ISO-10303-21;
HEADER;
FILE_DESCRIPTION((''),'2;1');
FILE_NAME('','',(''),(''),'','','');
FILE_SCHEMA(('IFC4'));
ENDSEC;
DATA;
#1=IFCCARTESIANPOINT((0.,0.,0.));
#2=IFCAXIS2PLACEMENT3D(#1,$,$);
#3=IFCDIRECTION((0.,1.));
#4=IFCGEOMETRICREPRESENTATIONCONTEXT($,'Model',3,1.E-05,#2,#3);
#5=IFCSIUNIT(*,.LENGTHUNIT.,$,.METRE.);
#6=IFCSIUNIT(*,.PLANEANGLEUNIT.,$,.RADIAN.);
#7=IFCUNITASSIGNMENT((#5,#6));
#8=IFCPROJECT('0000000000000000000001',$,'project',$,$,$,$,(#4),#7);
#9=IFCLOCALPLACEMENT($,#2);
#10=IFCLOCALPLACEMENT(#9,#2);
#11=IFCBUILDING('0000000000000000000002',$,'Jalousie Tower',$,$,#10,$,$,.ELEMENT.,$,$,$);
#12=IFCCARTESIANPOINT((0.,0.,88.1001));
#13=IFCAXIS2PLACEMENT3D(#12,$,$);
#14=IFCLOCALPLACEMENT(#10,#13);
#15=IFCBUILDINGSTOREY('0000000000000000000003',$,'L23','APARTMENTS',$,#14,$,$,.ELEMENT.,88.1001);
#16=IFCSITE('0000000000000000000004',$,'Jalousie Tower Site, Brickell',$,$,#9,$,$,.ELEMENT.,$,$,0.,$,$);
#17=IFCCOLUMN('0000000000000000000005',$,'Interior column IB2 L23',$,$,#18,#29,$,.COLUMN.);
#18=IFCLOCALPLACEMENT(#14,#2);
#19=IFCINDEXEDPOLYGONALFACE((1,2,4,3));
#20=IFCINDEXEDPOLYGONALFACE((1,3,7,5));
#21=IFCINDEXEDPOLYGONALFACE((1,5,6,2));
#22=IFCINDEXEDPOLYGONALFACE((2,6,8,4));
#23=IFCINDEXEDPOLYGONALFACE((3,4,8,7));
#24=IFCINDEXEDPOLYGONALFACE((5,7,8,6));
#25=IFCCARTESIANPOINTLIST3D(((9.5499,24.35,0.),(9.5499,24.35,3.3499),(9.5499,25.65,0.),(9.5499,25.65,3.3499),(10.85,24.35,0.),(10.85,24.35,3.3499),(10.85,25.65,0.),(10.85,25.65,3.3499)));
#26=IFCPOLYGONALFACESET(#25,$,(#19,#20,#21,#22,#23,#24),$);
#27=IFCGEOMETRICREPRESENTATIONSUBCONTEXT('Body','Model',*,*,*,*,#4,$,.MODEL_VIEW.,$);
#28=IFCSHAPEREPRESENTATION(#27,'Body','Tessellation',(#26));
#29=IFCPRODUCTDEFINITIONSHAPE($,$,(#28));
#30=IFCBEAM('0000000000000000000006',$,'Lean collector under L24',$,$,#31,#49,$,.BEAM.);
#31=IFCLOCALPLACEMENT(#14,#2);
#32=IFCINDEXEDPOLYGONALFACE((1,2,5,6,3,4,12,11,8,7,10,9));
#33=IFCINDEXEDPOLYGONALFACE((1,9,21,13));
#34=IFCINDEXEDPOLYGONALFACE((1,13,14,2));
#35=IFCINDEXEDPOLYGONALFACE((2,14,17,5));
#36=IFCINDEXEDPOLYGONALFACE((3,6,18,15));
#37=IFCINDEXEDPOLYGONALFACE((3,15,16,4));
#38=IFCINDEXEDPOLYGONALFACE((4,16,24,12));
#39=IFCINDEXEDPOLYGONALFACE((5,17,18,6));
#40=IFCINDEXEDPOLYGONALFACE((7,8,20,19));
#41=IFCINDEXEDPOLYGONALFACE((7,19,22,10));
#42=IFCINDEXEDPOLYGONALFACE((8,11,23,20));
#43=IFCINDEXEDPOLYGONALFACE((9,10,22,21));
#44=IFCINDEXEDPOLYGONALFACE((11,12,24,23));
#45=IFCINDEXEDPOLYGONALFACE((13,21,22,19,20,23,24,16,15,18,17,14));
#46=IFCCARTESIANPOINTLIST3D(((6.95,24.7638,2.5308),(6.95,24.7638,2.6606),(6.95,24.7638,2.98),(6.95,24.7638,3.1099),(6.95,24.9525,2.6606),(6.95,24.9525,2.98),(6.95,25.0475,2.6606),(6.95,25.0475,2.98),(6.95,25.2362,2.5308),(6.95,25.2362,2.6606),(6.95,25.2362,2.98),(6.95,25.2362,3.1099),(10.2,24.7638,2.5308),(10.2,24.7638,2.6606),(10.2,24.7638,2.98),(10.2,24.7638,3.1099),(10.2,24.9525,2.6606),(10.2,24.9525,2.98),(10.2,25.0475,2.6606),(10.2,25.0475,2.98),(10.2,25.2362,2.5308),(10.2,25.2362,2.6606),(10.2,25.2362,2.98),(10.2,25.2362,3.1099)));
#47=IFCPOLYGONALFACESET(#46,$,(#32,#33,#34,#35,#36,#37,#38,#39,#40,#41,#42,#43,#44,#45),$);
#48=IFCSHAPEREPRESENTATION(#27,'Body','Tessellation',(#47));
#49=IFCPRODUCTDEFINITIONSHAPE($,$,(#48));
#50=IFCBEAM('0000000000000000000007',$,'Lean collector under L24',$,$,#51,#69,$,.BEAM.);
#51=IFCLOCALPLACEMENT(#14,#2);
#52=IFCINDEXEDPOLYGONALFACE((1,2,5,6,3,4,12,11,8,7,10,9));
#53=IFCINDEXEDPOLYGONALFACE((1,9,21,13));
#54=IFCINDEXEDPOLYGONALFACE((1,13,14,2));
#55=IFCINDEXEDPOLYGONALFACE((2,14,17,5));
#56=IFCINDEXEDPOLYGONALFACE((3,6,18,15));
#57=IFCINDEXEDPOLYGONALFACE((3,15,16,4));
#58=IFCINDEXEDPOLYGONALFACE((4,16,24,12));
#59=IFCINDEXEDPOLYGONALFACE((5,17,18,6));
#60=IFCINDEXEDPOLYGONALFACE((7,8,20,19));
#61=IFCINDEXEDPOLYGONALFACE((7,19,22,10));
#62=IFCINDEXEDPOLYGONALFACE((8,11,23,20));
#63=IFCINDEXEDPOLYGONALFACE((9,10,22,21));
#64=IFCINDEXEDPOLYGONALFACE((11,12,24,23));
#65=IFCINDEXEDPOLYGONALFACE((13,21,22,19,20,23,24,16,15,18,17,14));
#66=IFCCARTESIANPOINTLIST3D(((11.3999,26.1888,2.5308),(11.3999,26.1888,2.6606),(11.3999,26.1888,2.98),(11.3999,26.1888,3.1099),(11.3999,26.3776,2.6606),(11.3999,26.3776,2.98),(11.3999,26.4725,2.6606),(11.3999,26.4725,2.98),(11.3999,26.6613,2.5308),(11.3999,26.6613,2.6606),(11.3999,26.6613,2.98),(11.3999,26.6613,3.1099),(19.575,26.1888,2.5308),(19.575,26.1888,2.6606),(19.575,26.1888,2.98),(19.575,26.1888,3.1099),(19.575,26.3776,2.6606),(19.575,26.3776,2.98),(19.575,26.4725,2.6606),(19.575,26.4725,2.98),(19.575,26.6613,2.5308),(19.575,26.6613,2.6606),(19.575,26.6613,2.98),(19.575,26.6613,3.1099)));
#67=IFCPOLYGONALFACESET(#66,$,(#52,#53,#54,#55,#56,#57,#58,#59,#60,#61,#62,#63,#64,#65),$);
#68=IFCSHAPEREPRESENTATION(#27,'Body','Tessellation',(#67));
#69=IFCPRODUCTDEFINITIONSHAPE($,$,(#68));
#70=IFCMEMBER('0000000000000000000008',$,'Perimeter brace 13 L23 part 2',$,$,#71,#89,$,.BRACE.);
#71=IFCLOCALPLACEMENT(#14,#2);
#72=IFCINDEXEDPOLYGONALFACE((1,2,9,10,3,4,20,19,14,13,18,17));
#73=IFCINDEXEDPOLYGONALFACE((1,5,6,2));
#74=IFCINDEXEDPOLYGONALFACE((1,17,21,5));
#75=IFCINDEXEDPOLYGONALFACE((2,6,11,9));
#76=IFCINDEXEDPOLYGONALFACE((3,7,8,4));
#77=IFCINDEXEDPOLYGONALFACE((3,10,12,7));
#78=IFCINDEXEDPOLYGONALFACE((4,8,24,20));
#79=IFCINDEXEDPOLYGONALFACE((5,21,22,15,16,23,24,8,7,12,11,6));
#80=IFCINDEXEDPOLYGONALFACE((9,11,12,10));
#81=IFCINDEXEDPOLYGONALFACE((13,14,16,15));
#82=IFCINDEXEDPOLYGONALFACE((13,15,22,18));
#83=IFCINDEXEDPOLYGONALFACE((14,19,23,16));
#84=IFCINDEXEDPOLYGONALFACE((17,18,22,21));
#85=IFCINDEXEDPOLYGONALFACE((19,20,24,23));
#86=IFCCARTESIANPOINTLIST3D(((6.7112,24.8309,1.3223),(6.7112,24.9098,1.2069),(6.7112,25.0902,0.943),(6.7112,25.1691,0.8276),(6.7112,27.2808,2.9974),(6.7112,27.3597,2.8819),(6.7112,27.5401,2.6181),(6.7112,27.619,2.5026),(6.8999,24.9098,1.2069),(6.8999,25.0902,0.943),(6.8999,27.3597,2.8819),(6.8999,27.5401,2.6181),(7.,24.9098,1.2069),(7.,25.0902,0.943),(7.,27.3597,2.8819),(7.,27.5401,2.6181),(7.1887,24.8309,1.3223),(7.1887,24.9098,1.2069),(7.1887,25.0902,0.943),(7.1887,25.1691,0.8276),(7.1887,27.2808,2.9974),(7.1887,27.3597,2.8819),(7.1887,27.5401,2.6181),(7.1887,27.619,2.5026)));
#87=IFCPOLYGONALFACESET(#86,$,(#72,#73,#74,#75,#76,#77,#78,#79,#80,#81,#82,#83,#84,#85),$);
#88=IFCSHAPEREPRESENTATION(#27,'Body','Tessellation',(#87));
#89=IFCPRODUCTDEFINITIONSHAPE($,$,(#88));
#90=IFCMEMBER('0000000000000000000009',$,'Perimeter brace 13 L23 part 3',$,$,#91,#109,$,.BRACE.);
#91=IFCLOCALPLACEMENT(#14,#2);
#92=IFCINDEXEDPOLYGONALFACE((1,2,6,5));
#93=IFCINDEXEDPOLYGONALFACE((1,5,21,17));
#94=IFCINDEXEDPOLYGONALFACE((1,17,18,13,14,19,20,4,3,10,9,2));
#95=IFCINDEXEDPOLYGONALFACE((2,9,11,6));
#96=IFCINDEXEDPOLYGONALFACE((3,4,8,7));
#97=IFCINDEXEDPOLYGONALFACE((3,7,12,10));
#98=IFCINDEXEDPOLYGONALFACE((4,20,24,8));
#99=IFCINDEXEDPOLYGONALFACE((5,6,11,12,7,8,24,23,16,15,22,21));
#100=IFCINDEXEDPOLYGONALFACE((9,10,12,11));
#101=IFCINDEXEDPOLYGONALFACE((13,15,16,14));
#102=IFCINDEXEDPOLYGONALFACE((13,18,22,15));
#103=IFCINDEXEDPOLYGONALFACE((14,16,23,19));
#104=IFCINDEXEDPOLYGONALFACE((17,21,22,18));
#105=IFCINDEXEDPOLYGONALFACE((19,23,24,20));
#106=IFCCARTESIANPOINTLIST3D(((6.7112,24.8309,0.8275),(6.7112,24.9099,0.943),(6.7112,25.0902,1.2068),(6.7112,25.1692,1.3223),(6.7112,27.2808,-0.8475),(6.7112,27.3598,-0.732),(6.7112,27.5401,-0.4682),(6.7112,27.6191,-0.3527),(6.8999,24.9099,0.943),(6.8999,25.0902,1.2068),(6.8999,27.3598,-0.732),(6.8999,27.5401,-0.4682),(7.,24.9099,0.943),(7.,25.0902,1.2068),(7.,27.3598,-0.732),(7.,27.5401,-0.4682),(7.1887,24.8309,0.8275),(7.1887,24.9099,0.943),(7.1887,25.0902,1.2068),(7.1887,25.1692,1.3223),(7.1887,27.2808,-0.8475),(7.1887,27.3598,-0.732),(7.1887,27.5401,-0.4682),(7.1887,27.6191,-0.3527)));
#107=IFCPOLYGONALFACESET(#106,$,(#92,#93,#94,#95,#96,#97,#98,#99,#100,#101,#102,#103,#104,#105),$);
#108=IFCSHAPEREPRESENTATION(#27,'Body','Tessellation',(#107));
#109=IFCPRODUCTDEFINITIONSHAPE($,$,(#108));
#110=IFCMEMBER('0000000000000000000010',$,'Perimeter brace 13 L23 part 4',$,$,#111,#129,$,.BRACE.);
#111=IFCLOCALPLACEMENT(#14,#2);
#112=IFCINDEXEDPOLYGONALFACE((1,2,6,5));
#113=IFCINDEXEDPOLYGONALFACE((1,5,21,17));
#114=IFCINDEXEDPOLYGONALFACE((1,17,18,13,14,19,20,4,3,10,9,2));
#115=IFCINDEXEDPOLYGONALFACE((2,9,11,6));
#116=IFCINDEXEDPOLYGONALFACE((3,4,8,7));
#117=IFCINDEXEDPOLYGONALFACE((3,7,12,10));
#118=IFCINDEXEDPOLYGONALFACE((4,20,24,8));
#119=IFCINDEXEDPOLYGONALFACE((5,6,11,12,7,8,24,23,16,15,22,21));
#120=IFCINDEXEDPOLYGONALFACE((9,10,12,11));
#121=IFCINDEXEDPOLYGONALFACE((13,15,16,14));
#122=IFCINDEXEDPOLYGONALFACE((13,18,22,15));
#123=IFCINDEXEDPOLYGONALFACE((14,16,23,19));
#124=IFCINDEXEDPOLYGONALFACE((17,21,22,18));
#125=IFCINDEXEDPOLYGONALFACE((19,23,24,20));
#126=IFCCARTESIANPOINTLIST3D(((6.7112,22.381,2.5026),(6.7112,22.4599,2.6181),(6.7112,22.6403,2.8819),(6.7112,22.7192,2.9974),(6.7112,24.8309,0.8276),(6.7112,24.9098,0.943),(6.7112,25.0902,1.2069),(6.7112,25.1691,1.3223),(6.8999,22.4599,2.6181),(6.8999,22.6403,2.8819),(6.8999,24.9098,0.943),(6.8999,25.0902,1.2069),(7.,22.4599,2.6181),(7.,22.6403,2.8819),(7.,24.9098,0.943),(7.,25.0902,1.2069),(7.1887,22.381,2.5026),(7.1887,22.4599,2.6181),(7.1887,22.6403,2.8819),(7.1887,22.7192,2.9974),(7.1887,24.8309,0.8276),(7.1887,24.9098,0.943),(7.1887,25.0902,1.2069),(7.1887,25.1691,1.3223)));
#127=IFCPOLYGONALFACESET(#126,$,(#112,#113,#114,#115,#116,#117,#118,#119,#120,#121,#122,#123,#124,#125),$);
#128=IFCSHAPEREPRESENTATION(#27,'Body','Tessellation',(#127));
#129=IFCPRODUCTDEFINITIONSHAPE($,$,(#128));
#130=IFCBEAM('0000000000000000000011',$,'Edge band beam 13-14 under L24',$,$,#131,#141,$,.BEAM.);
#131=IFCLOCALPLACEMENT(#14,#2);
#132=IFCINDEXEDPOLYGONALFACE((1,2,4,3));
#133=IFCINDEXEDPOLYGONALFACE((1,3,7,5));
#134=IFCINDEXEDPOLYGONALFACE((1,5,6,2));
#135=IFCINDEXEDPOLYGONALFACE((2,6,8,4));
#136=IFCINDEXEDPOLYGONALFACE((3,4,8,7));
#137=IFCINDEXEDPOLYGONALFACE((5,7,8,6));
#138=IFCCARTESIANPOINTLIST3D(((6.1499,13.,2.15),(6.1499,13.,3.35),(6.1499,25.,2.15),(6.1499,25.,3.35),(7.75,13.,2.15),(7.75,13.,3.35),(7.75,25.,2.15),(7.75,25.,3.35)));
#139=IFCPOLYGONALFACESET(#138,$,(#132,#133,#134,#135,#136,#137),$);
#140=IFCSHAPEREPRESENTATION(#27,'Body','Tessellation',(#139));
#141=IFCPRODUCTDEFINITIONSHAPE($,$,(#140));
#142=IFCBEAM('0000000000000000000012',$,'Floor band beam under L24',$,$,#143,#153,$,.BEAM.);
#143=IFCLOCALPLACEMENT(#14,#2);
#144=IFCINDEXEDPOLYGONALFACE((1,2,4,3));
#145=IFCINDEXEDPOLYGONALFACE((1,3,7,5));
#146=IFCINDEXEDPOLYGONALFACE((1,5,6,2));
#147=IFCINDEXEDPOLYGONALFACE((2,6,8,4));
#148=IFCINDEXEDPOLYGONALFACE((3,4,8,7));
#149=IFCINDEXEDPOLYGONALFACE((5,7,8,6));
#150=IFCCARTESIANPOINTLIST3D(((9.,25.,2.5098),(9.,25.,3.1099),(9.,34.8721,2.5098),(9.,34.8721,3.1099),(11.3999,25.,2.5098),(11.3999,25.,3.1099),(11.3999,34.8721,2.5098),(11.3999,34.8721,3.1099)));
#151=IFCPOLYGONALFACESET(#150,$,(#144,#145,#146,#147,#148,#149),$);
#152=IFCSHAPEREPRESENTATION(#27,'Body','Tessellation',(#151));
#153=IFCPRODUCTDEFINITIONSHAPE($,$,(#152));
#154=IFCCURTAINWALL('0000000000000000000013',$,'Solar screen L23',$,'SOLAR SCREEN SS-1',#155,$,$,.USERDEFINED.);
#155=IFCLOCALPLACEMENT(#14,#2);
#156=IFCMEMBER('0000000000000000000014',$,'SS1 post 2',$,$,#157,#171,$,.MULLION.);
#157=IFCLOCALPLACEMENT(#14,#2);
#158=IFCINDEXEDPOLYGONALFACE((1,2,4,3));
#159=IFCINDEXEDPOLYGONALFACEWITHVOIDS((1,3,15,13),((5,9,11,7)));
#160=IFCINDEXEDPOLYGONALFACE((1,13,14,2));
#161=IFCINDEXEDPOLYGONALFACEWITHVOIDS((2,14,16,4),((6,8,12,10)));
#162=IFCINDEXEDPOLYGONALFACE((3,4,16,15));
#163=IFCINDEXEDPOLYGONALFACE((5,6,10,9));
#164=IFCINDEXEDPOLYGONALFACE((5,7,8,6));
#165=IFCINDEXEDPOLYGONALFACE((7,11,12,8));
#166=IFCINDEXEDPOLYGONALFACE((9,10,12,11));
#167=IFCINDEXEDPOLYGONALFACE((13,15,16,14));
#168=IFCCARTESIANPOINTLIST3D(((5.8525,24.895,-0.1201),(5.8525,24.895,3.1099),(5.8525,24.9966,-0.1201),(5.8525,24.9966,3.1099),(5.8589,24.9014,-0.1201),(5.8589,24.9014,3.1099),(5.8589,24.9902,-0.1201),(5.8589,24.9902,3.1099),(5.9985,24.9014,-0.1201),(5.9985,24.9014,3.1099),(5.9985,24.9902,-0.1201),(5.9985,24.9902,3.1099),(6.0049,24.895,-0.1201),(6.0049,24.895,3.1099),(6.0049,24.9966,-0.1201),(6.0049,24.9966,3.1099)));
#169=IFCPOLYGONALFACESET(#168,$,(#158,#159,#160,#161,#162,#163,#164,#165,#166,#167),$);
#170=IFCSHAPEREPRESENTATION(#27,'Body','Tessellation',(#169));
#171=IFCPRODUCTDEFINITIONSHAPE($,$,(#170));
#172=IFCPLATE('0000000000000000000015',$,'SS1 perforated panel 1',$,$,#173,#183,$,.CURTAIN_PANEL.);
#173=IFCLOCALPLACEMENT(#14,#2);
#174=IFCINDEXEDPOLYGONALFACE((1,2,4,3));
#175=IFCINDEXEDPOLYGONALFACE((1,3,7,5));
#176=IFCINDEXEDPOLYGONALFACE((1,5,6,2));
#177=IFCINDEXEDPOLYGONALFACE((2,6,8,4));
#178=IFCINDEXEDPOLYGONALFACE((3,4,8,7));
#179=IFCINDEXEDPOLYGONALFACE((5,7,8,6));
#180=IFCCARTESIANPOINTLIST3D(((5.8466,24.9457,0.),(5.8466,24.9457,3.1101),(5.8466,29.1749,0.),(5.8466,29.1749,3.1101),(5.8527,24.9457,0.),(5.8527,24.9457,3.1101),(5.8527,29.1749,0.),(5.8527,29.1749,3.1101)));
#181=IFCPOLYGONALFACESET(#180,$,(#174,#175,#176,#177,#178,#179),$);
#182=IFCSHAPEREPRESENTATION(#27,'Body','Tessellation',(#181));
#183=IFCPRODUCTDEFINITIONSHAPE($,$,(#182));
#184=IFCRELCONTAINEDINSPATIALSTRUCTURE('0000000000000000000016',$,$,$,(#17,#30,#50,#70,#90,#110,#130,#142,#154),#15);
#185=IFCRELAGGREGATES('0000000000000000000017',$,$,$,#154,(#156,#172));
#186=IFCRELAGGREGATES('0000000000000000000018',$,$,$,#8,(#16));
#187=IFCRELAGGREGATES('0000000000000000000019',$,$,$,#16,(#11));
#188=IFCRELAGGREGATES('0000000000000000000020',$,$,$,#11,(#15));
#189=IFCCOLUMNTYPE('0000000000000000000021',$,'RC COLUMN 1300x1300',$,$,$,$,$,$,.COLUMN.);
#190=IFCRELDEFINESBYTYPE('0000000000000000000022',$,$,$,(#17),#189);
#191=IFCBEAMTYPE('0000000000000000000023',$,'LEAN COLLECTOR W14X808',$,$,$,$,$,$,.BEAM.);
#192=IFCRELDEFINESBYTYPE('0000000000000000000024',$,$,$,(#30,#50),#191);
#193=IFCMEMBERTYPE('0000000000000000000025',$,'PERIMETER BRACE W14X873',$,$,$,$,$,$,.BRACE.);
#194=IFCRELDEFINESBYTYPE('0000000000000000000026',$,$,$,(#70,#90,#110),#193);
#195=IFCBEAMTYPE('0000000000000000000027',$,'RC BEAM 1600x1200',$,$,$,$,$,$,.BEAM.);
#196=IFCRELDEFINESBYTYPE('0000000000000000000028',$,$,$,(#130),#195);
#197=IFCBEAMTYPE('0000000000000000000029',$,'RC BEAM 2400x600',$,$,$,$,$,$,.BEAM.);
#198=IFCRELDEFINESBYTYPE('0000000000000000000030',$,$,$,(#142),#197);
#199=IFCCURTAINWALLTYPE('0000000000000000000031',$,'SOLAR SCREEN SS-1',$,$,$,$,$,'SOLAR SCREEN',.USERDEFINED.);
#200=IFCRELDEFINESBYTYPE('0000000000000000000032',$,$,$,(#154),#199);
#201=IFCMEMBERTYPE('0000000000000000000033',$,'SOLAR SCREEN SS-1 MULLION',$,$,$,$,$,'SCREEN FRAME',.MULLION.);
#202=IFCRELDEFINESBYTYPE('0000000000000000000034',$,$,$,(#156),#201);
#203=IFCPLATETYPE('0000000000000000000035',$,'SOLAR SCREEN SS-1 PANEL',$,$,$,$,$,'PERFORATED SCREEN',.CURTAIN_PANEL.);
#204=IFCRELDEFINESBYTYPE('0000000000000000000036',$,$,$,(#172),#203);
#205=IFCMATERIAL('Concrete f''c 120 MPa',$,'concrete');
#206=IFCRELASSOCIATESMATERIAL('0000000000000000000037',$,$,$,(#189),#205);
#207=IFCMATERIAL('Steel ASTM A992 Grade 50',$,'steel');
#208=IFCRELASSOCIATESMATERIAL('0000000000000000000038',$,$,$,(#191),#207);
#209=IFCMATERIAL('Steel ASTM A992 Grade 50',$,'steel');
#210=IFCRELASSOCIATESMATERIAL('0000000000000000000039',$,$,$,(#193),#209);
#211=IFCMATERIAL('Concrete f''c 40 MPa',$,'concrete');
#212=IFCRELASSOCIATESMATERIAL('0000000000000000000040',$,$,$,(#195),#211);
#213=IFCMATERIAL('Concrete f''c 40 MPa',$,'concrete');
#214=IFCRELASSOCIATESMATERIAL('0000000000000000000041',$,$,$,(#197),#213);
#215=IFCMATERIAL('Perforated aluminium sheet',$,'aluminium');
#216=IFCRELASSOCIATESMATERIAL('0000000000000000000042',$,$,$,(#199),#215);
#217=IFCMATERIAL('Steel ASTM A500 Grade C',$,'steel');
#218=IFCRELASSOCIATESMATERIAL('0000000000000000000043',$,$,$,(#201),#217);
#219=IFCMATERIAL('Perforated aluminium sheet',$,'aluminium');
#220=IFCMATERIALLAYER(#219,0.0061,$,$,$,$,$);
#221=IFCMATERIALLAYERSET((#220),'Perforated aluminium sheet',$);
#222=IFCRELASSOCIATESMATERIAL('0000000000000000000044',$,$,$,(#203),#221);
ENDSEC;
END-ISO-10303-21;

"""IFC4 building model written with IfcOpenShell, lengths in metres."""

from ifc_helpers import new_model, si_unit, direction, frame, origin, origin_2d, place, context, subcontext, project, spatial, rectangle, hollow_rectangle, i_section, extrude, material, layer, layer_set, material_profile, profile_set, type_object, element, aggregate, save


model = new_model("IFC4")

# Units and contexts
model_context = context("Model", 3, precision=1e-05, world=origin(), true_north=direction((0.0, 1.0)))
body_context = subcontext(model_context, "Body", "Model", "MODEL_VIEW")
ifc_project = project(units=[si_unit("LENGTHUNIT", "METRE"), si_unit("PLANEANGLEUNIT", "RADIAN")], contexts=[model_context])

# Site, building, storey
site_placement = place(None, origin())
site = spatial("IfcSite", under=ifc_project, at=site_placement, Name="Jalousie Tower Site, Brickell", CompositionType="ELEMENT", RefElevation=0.0)
building_placement = place(site_placement, origin())
building = spatial("IfcBuilding", under=site, at=building_placement, Name="Jalousie Tower", CompositionType="ELEMENT")
storey_placement = place(building_placement, frame((0.0, 0.0, 88.1001)))
storey = spatial("IfcBuildingStorey", under=building, at=storey_placement, Name="L23", Description="APARTMENTS", CompositionType="ELEMENT", Elevation=88.1001)

# Column
ifc_material_1 = material(Name="Concrete f'c 120 MPa", Category="concrete")
ifc_material_profile_1 = material_profile(ifc_material_1, rectangle(XDim=1.3, YDim=1.3, at=origin_2d()), Name="RC 1300x1300")
ifc_profile_set_1 = profile_set([ifc_material_profile_1], Name="Concrete f'c 120 MPa")
column_type = type_object("IfcColumnType", Name="RC COLUMN 1300x1300", PredefinedType="COLUMN", material=ifc_profile_set_1)
column_placement = place(storey_placement, frame((10.2, 25.0, 0.0), z_axis=(0.0, 0.0, 1.0), x_axis=(1.0, 0.0, 0.0)))
element("IfcColumn", 1, at=column_placement, inside=storey, type_object=column_type, Name="Interior column IB2 L23", PredefinedType="COLUMN", context=body_context, shape_type="SweptSolid", body=[
    extrude(rectangle(XDim=1.3, YDim=1.3, at=origin_2d()), origin(), (0.0, 0.0, 1.0), 3.3499),
])

# Beams
ifc_material_2 = material(Name="Steel ASTM A992 Grade 50", Category="steel")
ifc_material_profile_2 = material_profile(ifc_material_2, i_section(OverallWidth=0.4724, OverallDepth=0.5791, WebThickness=0.095, FlangeThickness=0.1299, at=origin_2d()), Name="W14X808")
ifc_profile_set_2 = profile_set([ifc_material_profile_2], Name="Steel ASTM A992 Grade 50")
beam_type_1 = type_object("IfcBeamType", Name="LEAN COLLECTOR W14X808", PredefinedType="BEAM", material=ifc_profile_set_2)
beam_1_placement = place(storey_placement, frame((6.95, 25.0, 2.8203), z_axis=(1.0, 0.0, 0.0), x_axis=(0.0, 1.0, 0.0)))
element("IfcBeam", 2, at=beam_1_placement, inside=storey, type_object=beam_type_1, Name="Lean collector under L24", PredefinedType="BEAM", context=body_context, shape_type="SweptSolid", body=[
    extrude(i_section(OverallWidth=0.4724, OverallDepth=0.5791, WebThickness=0.095, FlangeThickness=0.1299, at=origin_2d()), origin(), (0.0, 0.0, 1.0), 3.25),
])
beam_2_placement = place(storey_placement, frame((11.3999, 26.425, 2.8203), z_axis=(1.0, 0.0, 0.0), x_axis=(0.0, 1.0, 0.0)))
element("IfcBeam", 3, at=beam_2_placement, inside=storey, type_object=beam_type_1, Name="Lean collector under L24", PredefinedType="BEAM", context=body_context, shape_type="SweptSolid", body=[
    extrude(i_section(OverallWidth=0.4724, OverallDepth=0.5791, WebThickness=0.095, FlangeThickness=0.1299, at=origin_2d()), origin(), (0.0, 0.0, 1.0), 8.175),
])

# Members
ifc_material_3 = material(Name="Steel ASTM A992 Grade 50", Category="steel")
ifc_material_profile_3 = material_profile(ifc_material_3, i_section(OverallWidth=0.4775, OverallDepth=0.5994, WebThickness=0.1001, FlangeThickness=0.1399, at=origin_2d()), Name="W14X873")
ifc_profile_set_3 = profile_set([ifc_material_profile_3], Name="Steel ASTM A992 Grade 50")
member_type_1 = type_object("IfcMemberType", Name="PERIMETER BRACE W14X873", PredefinedType="BRACE", material=ifc_profile_set_3)
for number, where, z_axis, x_axis, name in (
    (4, (6.95, 25.0, 1.075), (0.0, 0.825501, 0.564401), (-1.0, 0.0, 0.0), "Perimeter brace 13 L23 part 2"),
    (5, (6.95, 27.45, -0.6001), (0.0, -0.825501, 0.564401), (1.0, 0.0, 0.0), "Perimeter brace 13 L23 part 3"),
    (6, (6.95, 25.0, 1.075), (0.0, -0.825501, 0.564401), (1.0, 0.0, 0.0), "Perimeter brace 13 L23 part 4"),
):
    element("IfcMember", number, at=place(storey_placement, frame(where, z_axis=z_axis, x_axis=x_axis)), inside=storey, type_object=member_type_1, Name=name, PredefinedType="BRACE", context=body_context, shape_type="SweptSolid", body=[
        extrude(i_section(OverallWidth=0.4775, OverallDepth=0.5994, WebThickness=0.1001, FlangeThickness=0.1399, at=origin_2d()), origin(), (0.0, 0.0, 1.0), 2.9678),
    ])

# Beams
ifc_material_4 = material(Name="Concrete f'c 40 MPa", Category="concrete")
ifc_material_profile_4 = material_profile(ifc_material_4, rectangle(XDim=1.6001, YDim=1.2, at=origin_2d()), Name="RC 1600x1200")
ifc_profile_set_4 = profile_set([ifc_material_profile_4], Name="Concrete f'c 40 MPa")
beam_type_2 = type_object("IfcBeamType", Name="RC BEAM 1600x1200", PredefinedType="BEAM", material=ifc_profile_set_4)
beam_3_placement = place(storey_placement, frame((6.95, 25.0, 2.75), z_axis=(0.0, -1.0, 0.0), x_axis=(1.0, 0.0, 0.0)))
element("IfcBeam", 7, at=beam_3_placement, inside=storey, type_object=beam_type_2, Name="Edge band beam 13-14 under L24", PredefinedType="BEAM", context=body_context, shape_type="SweptSolid", body=[
    extrude(rectangle(XDim=1.6001, YDim=1.2, at=origin_2d()), origin(), (0.0, 0.0, 1.0), 12.0),
])
ifc_material_5 = material(Name="Concrete f'c 40 MPa", Category="concrete")
ifc_material_profile_5 = material_profile(ifc_material_5, rectangle(XDim=2.3999, YDim=0.6001, at=origin_2d()), Name="RC 2400x600")
ifc_profile_set_5 = profile_set([ifc_material_profile_5], Name="Concrete f'c 40 MPa")
beam_type_3 = type_object("IfcBeamType", Name="RC BEAM 2400x600", PredefinedType="BEAM", material=ifc_profile_set_5)
beam_4_placement = place(storey_placement, frame((10.2, 25.0, 2.8098), z_axis=(0.0, 1.0, 0.0), x_axis=(-1.0, 0.0, 0.0)))
element("IfcBeam", 8, at=beam_4_placement, inside=storey, type_object=beam_type_3, Name="Floor band beam under L24", PredefinedType="BEAM", context=body_context, shape_type="SweptSolid", body=[
    extrude(rectangle(XDim=2.3999, YDim=0.6001, at=origin_2d()), origin(), (0.0, 0.0, 1.0), 9.8721),
])

# Curtain wall, member, plate
ifc_material_6 = material(Name="Perforated aluminium sheet", Category="aluminium")
curtain_wall_type = type_object("IfcCurtainWallType", Name="SOLAR SCREEN SS-1", ElementType="SOLAR SCREEN", PredefinedType="USERDEFINED", material=ifc_material_6)
curtain_wall_placement = place(storey_placement, origin())
curtain_wall = element("IfcCurtainWall", 9, at=curtain_wall_placement, inside=storey, type_object=curtain_wall_type, Name="Solar screen L23", ObjectType="SOLAR SCREEN SS-1", PredefinedType="USERDEFINED")
ifc_material_7 = material(Name="Steel ASTM A500 Grade C", Category="steel")
ifc_material_profile_6 = material_profile(ifc_material_7, hollow_rectangle(XDim=0.1016, YDim=0.1523, WallThickness=0.0063, at=origin_2d()), Name="HSS6X4X1/4")
ifc_profile_set_6 = profile_set([ifc_material_profile_6], Name="Steel ASTM A500 Grade C")
member_type_2 = type_object("IfcMemberType", Name="SOLAR SCREEN SS-1 MULLION", ElementType="SCREEN FRAME", PredefinedType="MULLION", material=ifc_profile_set_6)
member_placement = place(storey_placement, frame((5.9287, 24.9458, -0.1201), z_axis=(0.0, 0.0, 1.0), x_axis=(0.0, -1.0, 0.0)))
member = element("IfcMember", 10, at=member_placement, type_object=member_type_2, Name="SS1 post 2", PredefinedType="MULLION", context=body_context, shape_type="SweptSolid", body=[
    extrude(hollow_rectangle(XDim=0.1016, YDim=0.1523, WallThickness=0.0063, at=origin_2d()), origin(), (0.0, 0.0, 1.0), 3.23),
])
ifc_material_8 = material(Name="Perforated aluminium sheet", Category="aluminium")
ifc_layer = layer(ifc_material_8, 0.0061)
ifc_layer_set = layer_set([ifc_layer], Name="Perforated aluminium sheet")
plate_type = type_object("IfcPlateType", Name="SOLAR SCREEN SS-1 PANEL", ElementType="PERFORATED SCREEN", PredefinedType="CURTAIN_PANEL", material=ifc_layer_set)
plate_placement = place(storey_placement, frame((5.8496, 27.0603, 0.0), z_axis=(0.0, 0.0, 1.0), x_axis=(0.0, -1.0, 0.0)))
plate = element("IfcPlate", 11, at=plate_placement, type_object=plate_type, Name="SS1 perforated panel 1", PredefinedType="CURTAIN_PANEL", context=body_context, shape_type="SweptSolid", body=[
    extrude(rectangle(XDim=4.2292, YDim=0.0061, at=origin_2d()), origin(), (0.0, 0.0, 1.0), 3.1101),
])
aggregate(curtain_wall, [member, plate])

save(model, "model.ifc")
